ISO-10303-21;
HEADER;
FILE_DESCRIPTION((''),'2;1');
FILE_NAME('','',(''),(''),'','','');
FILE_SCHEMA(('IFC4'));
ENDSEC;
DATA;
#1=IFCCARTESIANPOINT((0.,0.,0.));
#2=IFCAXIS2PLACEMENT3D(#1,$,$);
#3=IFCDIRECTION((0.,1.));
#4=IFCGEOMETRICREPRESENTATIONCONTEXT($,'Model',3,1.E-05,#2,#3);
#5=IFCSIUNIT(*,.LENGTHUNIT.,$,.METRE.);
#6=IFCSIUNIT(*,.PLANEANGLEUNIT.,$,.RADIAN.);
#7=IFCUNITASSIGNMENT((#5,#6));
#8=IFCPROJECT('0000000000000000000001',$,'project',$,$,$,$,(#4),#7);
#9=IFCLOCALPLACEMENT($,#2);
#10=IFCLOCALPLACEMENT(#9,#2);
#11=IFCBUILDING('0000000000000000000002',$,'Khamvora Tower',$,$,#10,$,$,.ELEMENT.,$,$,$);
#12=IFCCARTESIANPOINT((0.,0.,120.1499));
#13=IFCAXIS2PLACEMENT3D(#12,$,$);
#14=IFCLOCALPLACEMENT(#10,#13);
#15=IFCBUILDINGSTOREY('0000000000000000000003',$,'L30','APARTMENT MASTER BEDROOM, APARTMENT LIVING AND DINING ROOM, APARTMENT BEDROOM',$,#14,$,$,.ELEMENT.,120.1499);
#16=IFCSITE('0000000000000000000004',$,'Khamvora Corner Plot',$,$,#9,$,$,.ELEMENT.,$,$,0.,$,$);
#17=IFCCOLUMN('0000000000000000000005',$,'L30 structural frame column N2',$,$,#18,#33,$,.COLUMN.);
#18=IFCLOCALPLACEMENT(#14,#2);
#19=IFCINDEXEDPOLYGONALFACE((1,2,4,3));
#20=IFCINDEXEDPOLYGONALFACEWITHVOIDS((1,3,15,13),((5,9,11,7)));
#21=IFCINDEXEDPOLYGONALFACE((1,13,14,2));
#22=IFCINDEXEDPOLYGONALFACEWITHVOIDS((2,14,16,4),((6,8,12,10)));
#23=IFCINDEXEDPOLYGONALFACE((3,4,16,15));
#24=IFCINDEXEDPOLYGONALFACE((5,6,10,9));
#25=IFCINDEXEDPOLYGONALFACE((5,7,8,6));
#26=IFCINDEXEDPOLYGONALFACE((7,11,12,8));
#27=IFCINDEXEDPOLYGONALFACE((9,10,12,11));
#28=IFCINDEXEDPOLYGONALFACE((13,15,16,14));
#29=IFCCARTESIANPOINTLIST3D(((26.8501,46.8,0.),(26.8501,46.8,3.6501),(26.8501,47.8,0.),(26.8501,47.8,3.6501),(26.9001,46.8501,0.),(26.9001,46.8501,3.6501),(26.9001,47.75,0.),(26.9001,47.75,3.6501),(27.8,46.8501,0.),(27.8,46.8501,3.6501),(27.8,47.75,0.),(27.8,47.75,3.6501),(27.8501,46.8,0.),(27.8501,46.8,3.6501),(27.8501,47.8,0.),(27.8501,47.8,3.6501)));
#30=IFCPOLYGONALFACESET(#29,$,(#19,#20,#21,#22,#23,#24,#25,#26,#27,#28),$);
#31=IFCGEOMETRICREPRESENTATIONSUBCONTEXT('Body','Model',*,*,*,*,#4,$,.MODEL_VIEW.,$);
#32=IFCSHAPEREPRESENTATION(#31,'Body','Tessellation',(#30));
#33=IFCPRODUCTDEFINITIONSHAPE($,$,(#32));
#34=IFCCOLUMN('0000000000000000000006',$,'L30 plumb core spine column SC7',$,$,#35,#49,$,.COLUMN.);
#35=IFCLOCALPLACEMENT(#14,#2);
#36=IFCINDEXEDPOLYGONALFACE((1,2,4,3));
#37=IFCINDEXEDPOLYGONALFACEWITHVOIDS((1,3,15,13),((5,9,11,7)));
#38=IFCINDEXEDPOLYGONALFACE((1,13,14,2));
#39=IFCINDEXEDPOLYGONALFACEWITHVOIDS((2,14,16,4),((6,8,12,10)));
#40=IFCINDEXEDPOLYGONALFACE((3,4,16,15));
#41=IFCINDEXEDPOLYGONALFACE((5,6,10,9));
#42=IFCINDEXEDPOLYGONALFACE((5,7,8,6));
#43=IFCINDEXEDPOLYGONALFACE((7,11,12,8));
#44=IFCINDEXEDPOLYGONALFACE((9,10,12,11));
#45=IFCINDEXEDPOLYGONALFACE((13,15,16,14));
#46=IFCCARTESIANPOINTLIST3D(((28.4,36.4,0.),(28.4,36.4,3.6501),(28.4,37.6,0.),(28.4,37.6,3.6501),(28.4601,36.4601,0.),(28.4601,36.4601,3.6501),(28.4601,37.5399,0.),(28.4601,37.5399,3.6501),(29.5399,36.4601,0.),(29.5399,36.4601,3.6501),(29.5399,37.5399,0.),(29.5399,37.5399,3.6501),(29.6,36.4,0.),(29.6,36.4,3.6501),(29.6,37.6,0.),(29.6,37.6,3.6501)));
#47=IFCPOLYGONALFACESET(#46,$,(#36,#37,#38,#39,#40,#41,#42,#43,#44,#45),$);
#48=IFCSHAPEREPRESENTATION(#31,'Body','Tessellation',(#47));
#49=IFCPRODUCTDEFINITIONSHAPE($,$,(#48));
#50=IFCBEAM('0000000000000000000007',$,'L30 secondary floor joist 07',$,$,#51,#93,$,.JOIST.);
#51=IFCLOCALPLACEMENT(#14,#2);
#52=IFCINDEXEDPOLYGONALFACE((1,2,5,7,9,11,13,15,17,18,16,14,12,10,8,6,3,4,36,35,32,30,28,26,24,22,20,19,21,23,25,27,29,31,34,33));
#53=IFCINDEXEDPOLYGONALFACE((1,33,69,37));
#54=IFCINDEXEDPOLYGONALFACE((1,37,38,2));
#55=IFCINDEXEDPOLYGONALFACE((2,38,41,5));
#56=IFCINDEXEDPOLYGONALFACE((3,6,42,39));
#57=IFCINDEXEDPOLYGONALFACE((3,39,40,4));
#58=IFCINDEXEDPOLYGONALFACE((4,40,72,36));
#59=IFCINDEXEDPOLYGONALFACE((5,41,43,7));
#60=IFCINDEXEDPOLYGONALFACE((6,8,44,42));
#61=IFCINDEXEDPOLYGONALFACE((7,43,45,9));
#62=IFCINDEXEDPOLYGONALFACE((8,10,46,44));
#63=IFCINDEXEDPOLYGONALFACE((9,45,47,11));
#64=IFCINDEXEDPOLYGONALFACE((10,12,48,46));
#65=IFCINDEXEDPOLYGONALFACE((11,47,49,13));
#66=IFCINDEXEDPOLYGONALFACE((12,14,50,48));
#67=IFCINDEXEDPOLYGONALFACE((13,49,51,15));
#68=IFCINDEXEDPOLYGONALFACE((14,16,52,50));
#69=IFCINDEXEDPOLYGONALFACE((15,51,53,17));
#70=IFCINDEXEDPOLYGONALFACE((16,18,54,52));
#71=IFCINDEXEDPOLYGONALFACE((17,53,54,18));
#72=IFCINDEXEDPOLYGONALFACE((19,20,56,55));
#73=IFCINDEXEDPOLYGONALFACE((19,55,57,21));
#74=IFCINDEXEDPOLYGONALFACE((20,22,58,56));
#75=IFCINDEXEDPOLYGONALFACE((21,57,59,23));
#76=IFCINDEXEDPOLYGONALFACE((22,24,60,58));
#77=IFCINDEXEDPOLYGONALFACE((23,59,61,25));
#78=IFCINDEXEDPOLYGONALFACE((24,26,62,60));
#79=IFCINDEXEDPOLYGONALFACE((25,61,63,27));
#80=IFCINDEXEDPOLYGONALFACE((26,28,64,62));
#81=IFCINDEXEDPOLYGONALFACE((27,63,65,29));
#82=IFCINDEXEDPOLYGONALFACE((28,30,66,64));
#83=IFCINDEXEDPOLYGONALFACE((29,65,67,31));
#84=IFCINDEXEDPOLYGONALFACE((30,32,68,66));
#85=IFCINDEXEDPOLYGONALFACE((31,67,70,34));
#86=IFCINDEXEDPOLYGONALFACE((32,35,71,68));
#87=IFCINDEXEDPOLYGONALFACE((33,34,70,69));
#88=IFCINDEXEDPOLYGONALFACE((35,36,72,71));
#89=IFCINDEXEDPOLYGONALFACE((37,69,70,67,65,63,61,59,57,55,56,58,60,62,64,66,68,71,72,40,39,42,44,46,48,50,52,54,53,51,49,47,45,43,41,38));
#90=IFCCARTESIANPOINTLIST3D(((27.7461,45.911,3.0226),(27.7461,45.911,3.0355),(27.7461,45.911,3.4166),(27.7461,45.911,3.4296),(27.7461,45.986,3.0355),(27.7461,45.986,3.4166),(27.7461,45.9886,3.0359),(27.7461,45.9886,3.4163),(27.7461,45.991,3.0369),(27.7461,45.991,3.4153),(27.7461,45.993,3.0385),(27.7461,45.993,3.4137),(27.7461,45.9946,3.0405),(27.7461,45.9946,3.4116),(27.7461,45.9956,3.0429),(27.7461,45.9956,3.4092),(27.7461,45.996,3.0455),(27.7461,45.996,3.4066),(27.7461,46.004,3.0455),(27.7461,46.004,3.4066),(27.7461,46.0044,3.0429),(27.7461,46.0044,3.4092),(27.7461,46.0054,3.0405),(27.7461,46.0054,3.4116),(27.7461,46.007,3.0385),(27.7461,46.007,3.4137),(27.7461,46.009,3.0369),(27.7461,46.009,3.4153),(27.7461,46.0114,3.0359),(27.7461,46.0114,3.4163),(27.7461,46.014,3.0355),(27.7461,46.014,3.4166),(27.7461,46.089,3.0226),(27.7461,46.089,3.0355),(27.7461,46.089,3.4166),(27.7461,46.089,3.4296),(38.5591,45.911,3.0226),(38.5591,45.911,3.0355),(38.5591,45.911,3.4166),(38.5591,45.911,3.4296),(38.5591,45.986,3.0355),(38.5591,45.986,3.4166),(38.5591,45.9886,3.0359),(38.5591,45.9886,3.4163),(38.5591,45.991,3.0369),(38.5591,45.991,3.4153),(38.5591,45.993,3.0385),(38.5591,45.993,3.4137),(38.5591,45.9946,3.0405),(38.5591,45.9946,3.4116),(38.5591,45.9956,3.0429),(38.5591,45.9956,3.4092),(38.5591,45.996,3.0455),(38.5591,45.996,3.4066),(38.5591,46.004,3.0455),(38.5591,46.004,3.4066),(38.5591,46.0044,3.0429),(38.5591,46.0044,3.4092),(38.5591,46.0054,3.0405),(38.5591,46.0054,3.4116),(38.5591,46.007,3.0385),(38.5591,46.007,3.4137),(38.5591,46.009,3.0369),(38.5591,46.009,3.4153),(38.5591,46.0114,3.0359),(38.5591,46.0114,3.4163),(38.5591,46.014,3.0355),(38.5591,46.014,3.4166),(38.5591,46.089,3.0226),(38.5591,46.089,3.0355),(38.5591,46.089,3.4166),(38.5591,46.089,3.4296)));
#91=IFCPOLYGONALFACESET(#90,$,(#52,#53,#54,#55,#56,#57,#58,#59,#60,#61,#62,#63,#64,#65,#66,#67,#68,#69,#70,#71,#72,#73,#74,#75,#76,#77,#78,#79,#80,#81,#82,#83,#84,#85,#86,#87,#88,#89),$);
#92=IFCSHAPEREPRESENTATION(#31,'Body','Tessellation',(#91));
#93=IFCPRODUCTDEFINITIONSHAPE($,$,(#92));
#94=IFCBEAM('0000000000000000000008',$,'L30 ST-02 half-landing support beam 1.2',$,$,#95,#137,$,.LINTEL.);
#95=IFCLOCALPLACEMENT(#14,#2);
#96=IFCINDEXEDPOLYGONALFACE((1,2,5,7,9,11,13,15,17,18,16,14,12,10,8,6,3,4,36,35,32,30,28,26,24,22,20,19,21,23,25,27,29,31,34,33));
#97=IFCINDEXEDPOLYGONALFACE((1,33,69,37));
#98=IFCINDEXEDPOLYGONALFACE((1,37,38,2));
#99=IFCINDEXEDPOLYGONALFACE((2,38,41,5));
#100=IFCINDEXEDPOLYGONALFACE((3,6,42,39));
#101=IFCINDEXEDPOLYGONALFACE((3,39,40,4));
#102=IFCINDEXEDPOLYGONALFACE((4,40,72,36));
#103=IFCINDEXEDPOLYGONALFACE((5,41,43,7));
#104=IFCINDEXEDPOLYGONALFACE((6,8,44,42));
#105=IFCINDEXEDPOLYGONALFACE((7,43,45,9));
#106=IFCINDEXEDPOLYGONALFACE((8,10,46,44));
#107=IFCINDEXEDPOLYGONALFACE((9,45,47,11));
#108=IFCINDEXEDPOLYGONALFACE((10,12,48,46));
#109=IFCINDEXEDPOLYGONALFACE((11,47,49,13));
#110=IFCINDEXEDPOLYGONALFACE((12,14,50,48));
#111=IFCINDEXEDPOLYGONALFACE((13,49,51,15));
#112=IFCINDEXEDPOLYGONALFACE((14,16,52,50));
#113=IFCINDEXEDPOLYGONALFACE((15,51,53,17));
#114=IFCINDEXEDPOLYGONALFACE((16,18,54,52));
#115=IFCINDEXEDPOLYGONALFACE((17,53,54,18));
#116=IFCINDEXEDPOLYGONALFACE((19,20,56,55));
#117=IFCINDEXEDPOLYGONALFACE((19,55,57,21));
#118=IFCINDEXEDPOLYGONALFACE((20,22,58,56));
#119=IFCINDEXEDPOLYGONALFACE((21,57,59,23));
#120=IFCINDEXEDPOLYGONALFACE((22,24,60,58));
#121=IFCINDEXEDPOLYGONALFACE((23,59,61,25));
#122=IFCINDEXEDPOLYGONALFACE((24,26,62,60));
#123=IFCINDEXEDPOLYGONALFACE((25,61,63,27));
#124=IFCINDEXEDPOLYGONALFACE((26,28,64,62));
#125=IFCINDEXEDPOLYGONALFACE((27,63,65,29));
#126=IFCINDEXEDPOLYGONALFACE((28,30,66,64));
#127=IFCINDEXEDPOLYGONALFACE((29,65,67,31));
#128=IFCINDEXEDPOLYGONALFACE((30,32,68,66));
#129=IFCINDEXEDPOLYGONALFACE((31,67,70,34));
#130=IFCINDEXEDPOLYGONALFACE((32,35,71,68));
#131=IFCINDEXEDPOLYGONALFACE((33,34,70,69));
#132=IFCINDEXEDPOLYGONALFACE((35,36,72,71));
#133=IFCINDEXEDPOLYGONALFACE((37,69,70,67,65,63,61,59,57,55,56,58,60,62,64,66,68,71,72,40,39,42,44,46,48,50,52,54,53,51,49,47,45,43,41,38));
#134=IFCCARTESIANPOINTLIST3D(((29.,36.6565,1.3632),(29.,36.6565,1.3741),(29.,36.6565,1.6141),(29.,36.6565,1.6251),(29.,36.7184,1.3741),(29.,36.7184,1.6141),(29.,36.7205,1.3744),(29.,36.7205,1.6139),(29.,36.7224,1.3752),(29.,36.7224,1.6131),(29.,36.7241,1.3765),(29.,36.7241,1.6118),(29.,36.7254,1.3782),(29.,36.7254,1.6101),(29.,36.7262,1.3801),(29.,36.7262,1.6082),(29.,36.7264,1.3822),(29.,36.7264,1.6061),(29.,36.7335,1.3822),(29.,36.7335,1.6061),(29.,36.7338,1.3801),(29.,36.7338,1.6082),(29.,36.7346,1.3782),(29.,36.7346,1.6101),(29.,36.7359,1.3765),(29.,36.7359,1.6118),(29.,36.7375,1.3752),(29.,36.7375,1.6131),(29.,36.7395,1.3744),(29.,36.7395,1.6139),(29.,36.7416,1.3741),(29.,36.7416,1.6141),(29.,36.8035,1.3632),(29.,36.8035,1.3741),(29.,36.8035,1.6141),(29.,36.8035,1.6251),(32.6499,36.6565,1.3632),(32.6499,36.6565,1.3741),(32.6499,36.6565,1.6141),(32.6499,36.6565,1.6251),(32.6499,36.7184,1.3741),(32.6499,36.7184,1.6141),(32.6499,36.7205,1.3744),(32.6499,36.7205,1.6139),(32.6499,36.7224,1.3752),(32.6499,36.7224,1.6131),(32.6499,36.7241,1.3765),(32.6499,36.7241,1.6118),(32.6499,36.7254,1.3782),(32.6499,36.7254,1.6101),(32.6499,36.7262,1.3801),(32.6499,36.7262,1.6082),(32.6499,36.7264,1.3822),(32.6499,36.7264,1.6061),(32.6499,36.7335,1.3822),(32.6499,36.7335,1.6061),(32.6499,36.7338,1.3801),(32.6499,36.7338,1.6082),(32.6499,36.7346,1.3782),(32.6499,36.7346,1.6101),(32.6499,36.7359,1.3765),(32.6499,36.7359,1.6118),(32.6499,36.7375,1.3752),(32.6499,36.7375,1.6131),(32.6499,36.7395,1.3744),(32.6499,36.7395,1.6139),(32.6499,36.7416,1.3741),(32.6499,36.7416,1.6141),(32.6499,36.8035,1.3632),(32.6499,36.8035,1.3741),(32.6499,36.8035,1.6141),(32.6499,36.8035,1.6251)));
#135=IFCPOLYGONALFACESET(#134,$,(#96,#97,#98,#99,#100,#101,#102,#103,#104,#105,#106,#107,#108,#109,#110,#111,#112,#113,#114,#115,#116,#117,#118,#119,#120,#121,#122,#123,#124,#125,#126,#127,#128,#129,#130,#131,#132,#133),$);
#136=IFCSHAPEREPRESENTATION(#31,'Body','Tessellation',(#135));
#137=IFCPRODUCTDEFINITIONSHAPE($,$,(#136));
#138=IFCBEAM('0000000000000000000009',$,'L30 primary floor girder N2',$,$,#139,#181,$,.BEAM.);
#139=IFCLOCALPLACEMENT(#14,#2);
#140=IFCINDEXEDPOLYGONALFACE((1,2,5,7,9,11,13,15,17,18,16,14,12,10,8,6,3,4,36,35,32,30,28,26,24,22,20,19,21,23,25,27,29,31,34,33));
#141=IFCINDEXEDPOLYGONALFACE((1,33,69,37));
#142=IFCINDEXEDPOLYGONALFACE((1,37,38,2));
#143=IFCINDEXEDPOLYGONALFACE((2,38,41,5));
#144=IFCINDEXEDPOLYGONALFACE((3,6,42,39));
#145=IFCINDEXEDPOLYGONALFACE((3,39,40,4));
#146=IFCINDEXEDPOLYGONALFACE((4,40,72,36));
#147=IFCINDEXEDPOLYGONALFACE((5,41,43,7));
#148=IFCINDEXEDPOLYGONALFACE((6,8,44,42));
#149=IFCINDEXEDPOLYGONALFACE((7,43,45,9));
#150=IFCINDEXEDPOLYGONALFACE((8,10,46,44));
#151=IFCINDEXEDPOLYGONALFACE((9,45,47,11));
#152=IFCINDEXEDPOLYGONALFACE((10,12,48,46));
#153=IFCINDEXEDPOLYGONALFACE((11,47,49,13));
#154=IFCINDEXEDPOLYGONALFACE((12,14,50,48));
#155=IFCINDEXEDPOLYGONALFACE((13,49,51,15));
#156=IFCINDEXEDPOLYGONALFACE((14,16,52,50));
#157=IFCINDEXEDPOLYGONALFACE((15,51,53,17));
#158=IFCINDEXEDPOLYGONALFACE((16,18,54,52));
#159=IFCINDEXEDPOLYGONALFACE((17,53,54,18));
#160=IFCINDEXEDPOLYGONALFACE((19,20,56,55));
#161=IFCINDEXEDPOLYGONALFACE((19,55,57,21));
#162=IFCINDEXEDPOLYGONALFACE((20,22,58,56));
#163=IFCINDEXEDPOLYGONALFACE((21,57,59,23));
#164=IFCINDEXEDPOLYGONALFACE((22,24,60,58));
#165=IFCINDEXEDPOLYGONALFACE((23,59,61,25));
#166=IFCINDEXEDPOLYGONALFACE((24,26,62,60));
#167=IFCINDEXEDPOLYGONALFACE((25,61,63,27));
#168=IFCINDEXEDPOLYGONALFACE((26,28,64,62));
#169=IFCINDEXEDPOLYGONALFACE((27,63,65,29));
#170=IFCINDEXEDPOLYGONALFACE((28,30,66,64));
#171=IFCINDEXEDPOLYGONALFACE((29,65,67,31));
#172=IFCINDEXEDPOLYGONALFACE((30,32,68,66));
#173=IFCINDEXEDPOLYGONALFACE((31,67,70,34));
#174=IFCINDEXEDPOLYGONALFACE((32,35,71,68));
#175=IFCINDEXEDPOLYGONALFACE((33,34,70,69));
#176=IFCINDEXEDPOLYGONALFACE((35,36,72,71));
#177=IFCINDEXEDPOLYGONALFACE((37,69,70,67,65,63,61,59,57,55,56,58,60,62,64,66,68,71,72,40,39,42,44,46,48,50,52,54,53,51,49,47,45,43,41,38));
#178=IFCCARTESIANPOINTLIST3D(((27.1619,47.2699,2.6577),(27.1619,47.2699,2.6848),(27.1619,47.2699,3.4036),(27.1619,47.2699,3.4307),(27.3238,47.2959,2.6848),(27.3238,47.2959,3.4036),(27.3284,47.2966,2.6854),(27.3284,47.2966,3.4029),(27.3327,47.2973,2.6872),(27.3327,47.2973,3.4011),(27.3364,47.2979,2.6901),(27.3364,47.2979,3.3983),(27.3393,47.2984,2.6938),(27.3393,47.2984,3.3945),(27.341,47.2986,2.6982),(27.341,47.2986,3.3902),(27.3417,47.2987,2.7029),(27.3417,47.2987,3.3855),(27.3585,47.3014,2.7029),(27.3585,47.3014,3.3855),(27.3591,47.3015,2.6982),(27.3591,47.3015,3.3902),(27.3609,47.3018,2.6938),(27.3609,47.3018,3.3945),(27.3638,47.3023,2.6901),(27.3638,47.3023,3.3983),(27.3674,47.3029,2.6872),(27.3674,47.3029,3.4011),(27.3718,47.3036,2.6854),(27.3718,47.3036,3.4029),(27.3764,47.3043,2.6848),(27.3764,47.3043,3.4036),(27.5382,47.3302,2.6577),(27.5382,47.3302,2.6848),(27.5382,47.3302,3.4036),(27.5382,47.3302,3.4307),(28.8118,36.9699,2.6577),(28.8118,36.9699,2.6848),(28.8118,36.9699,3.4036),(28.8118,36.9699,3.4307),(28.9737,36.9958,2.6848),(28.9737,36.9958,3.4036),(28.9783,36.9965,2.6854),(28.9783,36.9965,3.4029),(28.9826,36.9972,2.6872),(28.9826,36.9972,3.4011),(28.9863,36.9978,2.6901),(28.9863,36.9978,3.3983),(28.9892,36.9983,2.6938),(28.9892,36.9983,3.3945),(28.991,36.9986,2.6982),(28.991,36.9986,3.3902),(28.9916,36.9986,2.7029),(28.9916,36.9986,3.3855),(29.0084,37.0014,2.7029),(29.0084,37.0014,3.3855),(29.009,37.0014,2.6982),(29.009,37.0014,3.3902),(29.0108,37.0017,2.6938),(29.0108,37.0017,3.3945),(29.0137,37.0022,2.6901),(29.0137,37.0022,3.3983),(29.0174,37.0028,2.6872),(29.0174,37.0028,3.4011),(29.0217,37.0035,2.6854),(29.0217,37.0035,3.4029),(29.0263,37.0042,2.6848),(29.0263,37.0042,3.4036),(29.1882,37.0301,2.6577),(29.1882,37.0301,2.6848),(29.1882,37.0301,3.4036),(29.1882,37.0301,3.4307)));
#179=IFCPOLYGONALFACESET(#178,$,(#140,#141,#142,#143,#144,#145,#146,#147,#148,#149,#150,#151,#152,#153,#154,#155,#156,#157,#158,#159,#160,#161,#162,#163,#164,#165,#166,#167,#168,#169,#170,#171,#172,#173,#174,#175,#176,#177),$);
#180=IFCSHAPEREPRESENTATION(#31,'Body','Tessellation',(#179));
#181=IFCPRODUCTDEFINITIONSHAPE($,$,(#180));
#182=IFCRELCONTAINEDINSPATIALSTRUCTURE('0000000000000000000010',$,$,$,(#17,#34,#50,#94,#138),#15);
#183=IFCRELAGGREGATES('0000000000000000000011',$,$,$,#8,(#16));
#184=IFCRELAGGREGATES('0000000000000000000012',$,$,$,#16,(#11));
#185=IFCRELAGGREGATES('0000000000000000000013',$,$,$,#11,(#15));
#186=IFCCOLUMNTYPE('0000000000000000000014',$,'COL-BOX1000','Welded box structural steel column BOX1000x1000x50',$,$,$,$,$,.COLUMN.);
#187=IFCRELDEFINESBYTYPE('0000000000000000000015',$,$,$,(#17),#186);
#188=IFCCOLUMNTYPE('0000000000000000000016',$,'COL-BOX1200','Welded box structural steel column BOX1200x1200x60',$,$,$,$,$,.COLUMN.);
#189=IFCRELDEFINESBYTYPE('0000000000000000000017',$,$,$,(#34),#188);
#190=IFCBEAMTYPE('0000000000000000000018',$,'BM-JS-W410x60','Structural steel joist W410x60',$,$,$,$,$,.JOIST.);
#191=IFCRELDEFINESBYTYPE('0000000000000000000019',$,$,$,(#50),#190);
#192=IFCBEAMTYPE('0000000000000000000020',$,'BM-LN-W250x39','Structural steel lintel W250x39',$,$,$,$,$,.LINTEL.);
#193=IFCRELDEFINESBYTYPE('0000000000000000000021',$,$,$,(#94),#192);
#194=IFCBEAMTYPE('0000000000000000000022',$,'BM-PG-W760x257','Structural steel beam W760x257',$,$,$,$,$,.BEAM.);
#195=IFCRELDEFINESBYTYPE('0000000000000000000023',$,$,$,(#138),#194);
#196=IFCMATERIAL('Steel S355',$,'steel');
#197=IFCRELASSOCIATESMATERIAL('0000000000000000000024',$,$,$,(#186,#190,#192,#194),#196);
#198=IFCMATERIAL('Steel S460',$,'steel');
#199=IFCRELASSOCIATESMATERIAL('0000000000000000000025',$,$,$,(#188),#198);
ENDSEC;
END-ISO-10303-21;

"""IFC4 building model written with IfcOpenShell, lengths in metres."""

from ifc_helpers import new_model, si_unit, direction, frame, origin, origin_2d, place, context, subcontext, project, spatial, hollow_rectangle, i_section, extrude, material, material_profile, profile_set, type_object, element, save


model = new_model("IFC4")

# Units and contexts
model_context = context("Model", 3, precision=1e-05, world=origin(), true_north=direction((0.0, 1.0)))
body_context = subcontext(model_context, "Body", "Model", "MODEL_VIEW")
ifc_project = project(units=[si_unit("LENGTHUNIT", "METRE"), si_unit("PLANEANGLEUNIT", "RADIAN")], contexts=[model_context])

# Site, building, storey
site_placement = place(None, origin())
site = spatial("IfcSite", under=ifc_project, at=site_placement, Name="Khamvora Corner Plot", CompositionType="ELEMENT", RefElevation=0.0)
building_placement = place(site_placement, origin())
building = spatial("IfcBuilding", under=site, at=building_placement, Name="Khamvora Tower", CompositionType="ELEMENT")
storey_placement = place(building_placement, frame((0.0, 0.0, 120.1499)))
storey = spatial("IfcBuildingStorey", under=building, at=storey_placement, Name="L30", Description="APARTMENT MASTER BEDROOM, APARTMENT LIVING AND DINING ROOM, APARTMENT BEDROOM", CompositionType="ELEMENT", Elevation=120.1499)

# Columns
ifc_material_1 = material(Name="Steel S355", Category="steel")
ifc_material_profile_1 = material_profile(ifc_material_1, hollow_rectangle(XDim=1.0, YDim=1.0, WallThickness=0.05, at=origin_2d()), Name="BOX1000x1000x50")
ifc_profile_set_1 = profile_set([ifc_material_profile_1], Name="Steel S355")
column_type_1 = type_object("IfcColumnType", Name="COL-BOX1000", Description="Welded box structural steel column BOX1000x1000x50", PredefinedType="COLUMN", material=ifc_profile_set_1)
column_1_placement = place(storey_placement, frame((27.3501, 47.3, 0.0), z_axis=(0.0, 0.0, 1.0), x_axis=(1.0, 0.0, 0.0)))
element("IfcColumn", 1, at=column_1_placement, inside=storey, type_object=column_type_1, Name="L30 structural frame column N2", PredefinedType="COLUMN", context=body_context, shape_type="SweptSolid", body=[
    extrude(hollow_rectangle(XDim=1.0, YDim=1.0, WallThickness=0.05, at=origin_2d()), origin(), (0.0, 0.0, 1.0), 3.6501),
])
ifc_material_2 = material(Name="Steel S460", Category="steel")
ifc_material_profile_2 = material_profile(ifc_material_2, hollow_rectangle(XDim=1.2, YDim=1.2, WallThickness=0.0601, at=origin_2d()), Name="BOX1200x1200x60")
ifc_profile_set_2 = profile_set([ifc_material_profile_2], Name="Steel S460")
column_type_2 = type_object("IfcColumnType", Name="COL-BOX1200", Description="Welded box structural steel column BOX1200x1200x60", PredefinedType="COLUMN", material=ifc_profile_set_2)
column_2_placement = place(storey_placement, frame((29.0, 37.0, 0.0), z_axis=(0.0, 0.0, 1.0), x_axis=(1.0, 0.0, 0.0)))
element("IfcColumn", 2, at=column_2_placement, inside=storey, type_object=column_type_2, Name="L30 plumb core spine column SC7", PredefinedType="COLUMN", context=body_context, shape_type="SweptSolid", body=[
    extrude(hollow_rectangle(XDim=1.2, YDim=1.2, WallThickness=0.0601, at=origin_2d()), origin(), (0.0, 0.0, 1.0), 3.6501),
])

# Beams
ifc_material_profile_3 = material_profile(ifc_material_1, i_section(OverallWidth=0.178, OverallDepth=0.407, WebThickness=0.0081, FlangeThickness=0.0129, FilletRadius=0.01, at=origin_2d()), Name="W410x60")
ifc_profile_set_3 = profile_set([ifc_material_profile_3], Name="Steel S355")
beam_type_1 = type_object("IfcBeamType", Name="BM-JS-W410x60", Description="Structural steel joist W410x60", PredefinedType="JOIST", material=ifc_profile_set_3)
beam_1_placement = place(storey_placement, frame((27.7461, 46.0, 3.2261), z_axis=(1.0, 0.0, 0.0), x_axis=(0.0, 1.0, 0.0)))
element("IfcBeam", 3, at=beam_1_placement, inside=storey, type_object=beam_type_1, Name="L30 secondary floor joist 07", PredefinedType="JOIST", context=body_context, shape_type="SweptSolid", body=[
    extrude(i_section(OverallWidth=0.178, OverallDepth=0.407, WebThickness=0.0081, FlangeThickness=0.0129, FilletRadius=0.01, at=origin_2d()), origin(), (0.0, 0.0, 1.0), 10.813),
])
ifc_material_profile_4 = material_profile(ifc_material_1, i_section(OverallWidth=0.147, OverallDepth=0.262, WebThickness=0.0071, FlangeThickness=0.011, FilletRadius=0.0081, at=origin_2d()), Name="W250x39")
ifc_profile_set_4 = profile_set([ifc_material_profile_4], Name="Steel S355")
beam_type_2 = type_object("IfcBeamType", Name="BM-LN-W250x39", Description="Structural steel lintel W250x39", PredefinedType="LINTEL", material=ifc_profile_set_4)
beam_2_placement = place(storey_placement, frame((29.0, 36.73, 1.4941), z_axis=(1.0, 0.0, 0.0), x_axis=(0.0, 1.0, 0.0)))
element("IfcBeam", 4, at=beam_2_placement, inside=storey, type_object=beam_type_2, Name="L30 ST-02 half-landing support beam 1.2", PredefinedType="LINTEL", context=body_context, shape_type="SweptSolid", body=[
    extrude(i_section(OverallWidth=0.147, OverallDepth=0.262, WebThickness=0.0071, FlangeThickness=0.011, FilletRadius=0.0081, at=origin_2d()), origin(), (0.0, 0.0, 1.0), 3.6499),
])
ifc_material_profile_5 = material_profile(ifc_material_1, i_section(OverallWidth=0.3811, OverallDepth=0.7729, WebThickness=0.0171, FlangeThickness=0.0271, FilletRadius=0.0181, at=origin_2d()), Name="W760x257")
ifc_profile_set_5 = profile_set([ifc_material_profile_5], Name="Steel S355")
beam_type_3 = type_object("IfcBeamType", Name="BM-PG-W760x257", Description="Structural steel beam W760x257", PredefinedType="BEAM", material=ifc_profile_set_5)
beam_3_placement = place(storey_placement, frame((29.0, 37.0, 3.0442), z_axis=(-0.158168, 0.987412, 0.0), x_axis=(-0.987412, -0.158168, 0.0)))
element("IfcBeam", 5, at=beam_3_placement, inside=storey, type_object=beam_type_3, Name="L30 primary floor girder N2", PredefinedType="BEAM", context=body_context, shape_type="SweptSolid", body=[
    extrude(i_section(OverallWidth=0.3811, OverallDepth=0.7729, WebThickness=0.0171, FlangeThickness=0.0271, FilletRadius=0.0181, at=origin_2d()), origin(), (0.0, 0.0, 1.0), 10.4314),
])

save(model, "model.ifc")
